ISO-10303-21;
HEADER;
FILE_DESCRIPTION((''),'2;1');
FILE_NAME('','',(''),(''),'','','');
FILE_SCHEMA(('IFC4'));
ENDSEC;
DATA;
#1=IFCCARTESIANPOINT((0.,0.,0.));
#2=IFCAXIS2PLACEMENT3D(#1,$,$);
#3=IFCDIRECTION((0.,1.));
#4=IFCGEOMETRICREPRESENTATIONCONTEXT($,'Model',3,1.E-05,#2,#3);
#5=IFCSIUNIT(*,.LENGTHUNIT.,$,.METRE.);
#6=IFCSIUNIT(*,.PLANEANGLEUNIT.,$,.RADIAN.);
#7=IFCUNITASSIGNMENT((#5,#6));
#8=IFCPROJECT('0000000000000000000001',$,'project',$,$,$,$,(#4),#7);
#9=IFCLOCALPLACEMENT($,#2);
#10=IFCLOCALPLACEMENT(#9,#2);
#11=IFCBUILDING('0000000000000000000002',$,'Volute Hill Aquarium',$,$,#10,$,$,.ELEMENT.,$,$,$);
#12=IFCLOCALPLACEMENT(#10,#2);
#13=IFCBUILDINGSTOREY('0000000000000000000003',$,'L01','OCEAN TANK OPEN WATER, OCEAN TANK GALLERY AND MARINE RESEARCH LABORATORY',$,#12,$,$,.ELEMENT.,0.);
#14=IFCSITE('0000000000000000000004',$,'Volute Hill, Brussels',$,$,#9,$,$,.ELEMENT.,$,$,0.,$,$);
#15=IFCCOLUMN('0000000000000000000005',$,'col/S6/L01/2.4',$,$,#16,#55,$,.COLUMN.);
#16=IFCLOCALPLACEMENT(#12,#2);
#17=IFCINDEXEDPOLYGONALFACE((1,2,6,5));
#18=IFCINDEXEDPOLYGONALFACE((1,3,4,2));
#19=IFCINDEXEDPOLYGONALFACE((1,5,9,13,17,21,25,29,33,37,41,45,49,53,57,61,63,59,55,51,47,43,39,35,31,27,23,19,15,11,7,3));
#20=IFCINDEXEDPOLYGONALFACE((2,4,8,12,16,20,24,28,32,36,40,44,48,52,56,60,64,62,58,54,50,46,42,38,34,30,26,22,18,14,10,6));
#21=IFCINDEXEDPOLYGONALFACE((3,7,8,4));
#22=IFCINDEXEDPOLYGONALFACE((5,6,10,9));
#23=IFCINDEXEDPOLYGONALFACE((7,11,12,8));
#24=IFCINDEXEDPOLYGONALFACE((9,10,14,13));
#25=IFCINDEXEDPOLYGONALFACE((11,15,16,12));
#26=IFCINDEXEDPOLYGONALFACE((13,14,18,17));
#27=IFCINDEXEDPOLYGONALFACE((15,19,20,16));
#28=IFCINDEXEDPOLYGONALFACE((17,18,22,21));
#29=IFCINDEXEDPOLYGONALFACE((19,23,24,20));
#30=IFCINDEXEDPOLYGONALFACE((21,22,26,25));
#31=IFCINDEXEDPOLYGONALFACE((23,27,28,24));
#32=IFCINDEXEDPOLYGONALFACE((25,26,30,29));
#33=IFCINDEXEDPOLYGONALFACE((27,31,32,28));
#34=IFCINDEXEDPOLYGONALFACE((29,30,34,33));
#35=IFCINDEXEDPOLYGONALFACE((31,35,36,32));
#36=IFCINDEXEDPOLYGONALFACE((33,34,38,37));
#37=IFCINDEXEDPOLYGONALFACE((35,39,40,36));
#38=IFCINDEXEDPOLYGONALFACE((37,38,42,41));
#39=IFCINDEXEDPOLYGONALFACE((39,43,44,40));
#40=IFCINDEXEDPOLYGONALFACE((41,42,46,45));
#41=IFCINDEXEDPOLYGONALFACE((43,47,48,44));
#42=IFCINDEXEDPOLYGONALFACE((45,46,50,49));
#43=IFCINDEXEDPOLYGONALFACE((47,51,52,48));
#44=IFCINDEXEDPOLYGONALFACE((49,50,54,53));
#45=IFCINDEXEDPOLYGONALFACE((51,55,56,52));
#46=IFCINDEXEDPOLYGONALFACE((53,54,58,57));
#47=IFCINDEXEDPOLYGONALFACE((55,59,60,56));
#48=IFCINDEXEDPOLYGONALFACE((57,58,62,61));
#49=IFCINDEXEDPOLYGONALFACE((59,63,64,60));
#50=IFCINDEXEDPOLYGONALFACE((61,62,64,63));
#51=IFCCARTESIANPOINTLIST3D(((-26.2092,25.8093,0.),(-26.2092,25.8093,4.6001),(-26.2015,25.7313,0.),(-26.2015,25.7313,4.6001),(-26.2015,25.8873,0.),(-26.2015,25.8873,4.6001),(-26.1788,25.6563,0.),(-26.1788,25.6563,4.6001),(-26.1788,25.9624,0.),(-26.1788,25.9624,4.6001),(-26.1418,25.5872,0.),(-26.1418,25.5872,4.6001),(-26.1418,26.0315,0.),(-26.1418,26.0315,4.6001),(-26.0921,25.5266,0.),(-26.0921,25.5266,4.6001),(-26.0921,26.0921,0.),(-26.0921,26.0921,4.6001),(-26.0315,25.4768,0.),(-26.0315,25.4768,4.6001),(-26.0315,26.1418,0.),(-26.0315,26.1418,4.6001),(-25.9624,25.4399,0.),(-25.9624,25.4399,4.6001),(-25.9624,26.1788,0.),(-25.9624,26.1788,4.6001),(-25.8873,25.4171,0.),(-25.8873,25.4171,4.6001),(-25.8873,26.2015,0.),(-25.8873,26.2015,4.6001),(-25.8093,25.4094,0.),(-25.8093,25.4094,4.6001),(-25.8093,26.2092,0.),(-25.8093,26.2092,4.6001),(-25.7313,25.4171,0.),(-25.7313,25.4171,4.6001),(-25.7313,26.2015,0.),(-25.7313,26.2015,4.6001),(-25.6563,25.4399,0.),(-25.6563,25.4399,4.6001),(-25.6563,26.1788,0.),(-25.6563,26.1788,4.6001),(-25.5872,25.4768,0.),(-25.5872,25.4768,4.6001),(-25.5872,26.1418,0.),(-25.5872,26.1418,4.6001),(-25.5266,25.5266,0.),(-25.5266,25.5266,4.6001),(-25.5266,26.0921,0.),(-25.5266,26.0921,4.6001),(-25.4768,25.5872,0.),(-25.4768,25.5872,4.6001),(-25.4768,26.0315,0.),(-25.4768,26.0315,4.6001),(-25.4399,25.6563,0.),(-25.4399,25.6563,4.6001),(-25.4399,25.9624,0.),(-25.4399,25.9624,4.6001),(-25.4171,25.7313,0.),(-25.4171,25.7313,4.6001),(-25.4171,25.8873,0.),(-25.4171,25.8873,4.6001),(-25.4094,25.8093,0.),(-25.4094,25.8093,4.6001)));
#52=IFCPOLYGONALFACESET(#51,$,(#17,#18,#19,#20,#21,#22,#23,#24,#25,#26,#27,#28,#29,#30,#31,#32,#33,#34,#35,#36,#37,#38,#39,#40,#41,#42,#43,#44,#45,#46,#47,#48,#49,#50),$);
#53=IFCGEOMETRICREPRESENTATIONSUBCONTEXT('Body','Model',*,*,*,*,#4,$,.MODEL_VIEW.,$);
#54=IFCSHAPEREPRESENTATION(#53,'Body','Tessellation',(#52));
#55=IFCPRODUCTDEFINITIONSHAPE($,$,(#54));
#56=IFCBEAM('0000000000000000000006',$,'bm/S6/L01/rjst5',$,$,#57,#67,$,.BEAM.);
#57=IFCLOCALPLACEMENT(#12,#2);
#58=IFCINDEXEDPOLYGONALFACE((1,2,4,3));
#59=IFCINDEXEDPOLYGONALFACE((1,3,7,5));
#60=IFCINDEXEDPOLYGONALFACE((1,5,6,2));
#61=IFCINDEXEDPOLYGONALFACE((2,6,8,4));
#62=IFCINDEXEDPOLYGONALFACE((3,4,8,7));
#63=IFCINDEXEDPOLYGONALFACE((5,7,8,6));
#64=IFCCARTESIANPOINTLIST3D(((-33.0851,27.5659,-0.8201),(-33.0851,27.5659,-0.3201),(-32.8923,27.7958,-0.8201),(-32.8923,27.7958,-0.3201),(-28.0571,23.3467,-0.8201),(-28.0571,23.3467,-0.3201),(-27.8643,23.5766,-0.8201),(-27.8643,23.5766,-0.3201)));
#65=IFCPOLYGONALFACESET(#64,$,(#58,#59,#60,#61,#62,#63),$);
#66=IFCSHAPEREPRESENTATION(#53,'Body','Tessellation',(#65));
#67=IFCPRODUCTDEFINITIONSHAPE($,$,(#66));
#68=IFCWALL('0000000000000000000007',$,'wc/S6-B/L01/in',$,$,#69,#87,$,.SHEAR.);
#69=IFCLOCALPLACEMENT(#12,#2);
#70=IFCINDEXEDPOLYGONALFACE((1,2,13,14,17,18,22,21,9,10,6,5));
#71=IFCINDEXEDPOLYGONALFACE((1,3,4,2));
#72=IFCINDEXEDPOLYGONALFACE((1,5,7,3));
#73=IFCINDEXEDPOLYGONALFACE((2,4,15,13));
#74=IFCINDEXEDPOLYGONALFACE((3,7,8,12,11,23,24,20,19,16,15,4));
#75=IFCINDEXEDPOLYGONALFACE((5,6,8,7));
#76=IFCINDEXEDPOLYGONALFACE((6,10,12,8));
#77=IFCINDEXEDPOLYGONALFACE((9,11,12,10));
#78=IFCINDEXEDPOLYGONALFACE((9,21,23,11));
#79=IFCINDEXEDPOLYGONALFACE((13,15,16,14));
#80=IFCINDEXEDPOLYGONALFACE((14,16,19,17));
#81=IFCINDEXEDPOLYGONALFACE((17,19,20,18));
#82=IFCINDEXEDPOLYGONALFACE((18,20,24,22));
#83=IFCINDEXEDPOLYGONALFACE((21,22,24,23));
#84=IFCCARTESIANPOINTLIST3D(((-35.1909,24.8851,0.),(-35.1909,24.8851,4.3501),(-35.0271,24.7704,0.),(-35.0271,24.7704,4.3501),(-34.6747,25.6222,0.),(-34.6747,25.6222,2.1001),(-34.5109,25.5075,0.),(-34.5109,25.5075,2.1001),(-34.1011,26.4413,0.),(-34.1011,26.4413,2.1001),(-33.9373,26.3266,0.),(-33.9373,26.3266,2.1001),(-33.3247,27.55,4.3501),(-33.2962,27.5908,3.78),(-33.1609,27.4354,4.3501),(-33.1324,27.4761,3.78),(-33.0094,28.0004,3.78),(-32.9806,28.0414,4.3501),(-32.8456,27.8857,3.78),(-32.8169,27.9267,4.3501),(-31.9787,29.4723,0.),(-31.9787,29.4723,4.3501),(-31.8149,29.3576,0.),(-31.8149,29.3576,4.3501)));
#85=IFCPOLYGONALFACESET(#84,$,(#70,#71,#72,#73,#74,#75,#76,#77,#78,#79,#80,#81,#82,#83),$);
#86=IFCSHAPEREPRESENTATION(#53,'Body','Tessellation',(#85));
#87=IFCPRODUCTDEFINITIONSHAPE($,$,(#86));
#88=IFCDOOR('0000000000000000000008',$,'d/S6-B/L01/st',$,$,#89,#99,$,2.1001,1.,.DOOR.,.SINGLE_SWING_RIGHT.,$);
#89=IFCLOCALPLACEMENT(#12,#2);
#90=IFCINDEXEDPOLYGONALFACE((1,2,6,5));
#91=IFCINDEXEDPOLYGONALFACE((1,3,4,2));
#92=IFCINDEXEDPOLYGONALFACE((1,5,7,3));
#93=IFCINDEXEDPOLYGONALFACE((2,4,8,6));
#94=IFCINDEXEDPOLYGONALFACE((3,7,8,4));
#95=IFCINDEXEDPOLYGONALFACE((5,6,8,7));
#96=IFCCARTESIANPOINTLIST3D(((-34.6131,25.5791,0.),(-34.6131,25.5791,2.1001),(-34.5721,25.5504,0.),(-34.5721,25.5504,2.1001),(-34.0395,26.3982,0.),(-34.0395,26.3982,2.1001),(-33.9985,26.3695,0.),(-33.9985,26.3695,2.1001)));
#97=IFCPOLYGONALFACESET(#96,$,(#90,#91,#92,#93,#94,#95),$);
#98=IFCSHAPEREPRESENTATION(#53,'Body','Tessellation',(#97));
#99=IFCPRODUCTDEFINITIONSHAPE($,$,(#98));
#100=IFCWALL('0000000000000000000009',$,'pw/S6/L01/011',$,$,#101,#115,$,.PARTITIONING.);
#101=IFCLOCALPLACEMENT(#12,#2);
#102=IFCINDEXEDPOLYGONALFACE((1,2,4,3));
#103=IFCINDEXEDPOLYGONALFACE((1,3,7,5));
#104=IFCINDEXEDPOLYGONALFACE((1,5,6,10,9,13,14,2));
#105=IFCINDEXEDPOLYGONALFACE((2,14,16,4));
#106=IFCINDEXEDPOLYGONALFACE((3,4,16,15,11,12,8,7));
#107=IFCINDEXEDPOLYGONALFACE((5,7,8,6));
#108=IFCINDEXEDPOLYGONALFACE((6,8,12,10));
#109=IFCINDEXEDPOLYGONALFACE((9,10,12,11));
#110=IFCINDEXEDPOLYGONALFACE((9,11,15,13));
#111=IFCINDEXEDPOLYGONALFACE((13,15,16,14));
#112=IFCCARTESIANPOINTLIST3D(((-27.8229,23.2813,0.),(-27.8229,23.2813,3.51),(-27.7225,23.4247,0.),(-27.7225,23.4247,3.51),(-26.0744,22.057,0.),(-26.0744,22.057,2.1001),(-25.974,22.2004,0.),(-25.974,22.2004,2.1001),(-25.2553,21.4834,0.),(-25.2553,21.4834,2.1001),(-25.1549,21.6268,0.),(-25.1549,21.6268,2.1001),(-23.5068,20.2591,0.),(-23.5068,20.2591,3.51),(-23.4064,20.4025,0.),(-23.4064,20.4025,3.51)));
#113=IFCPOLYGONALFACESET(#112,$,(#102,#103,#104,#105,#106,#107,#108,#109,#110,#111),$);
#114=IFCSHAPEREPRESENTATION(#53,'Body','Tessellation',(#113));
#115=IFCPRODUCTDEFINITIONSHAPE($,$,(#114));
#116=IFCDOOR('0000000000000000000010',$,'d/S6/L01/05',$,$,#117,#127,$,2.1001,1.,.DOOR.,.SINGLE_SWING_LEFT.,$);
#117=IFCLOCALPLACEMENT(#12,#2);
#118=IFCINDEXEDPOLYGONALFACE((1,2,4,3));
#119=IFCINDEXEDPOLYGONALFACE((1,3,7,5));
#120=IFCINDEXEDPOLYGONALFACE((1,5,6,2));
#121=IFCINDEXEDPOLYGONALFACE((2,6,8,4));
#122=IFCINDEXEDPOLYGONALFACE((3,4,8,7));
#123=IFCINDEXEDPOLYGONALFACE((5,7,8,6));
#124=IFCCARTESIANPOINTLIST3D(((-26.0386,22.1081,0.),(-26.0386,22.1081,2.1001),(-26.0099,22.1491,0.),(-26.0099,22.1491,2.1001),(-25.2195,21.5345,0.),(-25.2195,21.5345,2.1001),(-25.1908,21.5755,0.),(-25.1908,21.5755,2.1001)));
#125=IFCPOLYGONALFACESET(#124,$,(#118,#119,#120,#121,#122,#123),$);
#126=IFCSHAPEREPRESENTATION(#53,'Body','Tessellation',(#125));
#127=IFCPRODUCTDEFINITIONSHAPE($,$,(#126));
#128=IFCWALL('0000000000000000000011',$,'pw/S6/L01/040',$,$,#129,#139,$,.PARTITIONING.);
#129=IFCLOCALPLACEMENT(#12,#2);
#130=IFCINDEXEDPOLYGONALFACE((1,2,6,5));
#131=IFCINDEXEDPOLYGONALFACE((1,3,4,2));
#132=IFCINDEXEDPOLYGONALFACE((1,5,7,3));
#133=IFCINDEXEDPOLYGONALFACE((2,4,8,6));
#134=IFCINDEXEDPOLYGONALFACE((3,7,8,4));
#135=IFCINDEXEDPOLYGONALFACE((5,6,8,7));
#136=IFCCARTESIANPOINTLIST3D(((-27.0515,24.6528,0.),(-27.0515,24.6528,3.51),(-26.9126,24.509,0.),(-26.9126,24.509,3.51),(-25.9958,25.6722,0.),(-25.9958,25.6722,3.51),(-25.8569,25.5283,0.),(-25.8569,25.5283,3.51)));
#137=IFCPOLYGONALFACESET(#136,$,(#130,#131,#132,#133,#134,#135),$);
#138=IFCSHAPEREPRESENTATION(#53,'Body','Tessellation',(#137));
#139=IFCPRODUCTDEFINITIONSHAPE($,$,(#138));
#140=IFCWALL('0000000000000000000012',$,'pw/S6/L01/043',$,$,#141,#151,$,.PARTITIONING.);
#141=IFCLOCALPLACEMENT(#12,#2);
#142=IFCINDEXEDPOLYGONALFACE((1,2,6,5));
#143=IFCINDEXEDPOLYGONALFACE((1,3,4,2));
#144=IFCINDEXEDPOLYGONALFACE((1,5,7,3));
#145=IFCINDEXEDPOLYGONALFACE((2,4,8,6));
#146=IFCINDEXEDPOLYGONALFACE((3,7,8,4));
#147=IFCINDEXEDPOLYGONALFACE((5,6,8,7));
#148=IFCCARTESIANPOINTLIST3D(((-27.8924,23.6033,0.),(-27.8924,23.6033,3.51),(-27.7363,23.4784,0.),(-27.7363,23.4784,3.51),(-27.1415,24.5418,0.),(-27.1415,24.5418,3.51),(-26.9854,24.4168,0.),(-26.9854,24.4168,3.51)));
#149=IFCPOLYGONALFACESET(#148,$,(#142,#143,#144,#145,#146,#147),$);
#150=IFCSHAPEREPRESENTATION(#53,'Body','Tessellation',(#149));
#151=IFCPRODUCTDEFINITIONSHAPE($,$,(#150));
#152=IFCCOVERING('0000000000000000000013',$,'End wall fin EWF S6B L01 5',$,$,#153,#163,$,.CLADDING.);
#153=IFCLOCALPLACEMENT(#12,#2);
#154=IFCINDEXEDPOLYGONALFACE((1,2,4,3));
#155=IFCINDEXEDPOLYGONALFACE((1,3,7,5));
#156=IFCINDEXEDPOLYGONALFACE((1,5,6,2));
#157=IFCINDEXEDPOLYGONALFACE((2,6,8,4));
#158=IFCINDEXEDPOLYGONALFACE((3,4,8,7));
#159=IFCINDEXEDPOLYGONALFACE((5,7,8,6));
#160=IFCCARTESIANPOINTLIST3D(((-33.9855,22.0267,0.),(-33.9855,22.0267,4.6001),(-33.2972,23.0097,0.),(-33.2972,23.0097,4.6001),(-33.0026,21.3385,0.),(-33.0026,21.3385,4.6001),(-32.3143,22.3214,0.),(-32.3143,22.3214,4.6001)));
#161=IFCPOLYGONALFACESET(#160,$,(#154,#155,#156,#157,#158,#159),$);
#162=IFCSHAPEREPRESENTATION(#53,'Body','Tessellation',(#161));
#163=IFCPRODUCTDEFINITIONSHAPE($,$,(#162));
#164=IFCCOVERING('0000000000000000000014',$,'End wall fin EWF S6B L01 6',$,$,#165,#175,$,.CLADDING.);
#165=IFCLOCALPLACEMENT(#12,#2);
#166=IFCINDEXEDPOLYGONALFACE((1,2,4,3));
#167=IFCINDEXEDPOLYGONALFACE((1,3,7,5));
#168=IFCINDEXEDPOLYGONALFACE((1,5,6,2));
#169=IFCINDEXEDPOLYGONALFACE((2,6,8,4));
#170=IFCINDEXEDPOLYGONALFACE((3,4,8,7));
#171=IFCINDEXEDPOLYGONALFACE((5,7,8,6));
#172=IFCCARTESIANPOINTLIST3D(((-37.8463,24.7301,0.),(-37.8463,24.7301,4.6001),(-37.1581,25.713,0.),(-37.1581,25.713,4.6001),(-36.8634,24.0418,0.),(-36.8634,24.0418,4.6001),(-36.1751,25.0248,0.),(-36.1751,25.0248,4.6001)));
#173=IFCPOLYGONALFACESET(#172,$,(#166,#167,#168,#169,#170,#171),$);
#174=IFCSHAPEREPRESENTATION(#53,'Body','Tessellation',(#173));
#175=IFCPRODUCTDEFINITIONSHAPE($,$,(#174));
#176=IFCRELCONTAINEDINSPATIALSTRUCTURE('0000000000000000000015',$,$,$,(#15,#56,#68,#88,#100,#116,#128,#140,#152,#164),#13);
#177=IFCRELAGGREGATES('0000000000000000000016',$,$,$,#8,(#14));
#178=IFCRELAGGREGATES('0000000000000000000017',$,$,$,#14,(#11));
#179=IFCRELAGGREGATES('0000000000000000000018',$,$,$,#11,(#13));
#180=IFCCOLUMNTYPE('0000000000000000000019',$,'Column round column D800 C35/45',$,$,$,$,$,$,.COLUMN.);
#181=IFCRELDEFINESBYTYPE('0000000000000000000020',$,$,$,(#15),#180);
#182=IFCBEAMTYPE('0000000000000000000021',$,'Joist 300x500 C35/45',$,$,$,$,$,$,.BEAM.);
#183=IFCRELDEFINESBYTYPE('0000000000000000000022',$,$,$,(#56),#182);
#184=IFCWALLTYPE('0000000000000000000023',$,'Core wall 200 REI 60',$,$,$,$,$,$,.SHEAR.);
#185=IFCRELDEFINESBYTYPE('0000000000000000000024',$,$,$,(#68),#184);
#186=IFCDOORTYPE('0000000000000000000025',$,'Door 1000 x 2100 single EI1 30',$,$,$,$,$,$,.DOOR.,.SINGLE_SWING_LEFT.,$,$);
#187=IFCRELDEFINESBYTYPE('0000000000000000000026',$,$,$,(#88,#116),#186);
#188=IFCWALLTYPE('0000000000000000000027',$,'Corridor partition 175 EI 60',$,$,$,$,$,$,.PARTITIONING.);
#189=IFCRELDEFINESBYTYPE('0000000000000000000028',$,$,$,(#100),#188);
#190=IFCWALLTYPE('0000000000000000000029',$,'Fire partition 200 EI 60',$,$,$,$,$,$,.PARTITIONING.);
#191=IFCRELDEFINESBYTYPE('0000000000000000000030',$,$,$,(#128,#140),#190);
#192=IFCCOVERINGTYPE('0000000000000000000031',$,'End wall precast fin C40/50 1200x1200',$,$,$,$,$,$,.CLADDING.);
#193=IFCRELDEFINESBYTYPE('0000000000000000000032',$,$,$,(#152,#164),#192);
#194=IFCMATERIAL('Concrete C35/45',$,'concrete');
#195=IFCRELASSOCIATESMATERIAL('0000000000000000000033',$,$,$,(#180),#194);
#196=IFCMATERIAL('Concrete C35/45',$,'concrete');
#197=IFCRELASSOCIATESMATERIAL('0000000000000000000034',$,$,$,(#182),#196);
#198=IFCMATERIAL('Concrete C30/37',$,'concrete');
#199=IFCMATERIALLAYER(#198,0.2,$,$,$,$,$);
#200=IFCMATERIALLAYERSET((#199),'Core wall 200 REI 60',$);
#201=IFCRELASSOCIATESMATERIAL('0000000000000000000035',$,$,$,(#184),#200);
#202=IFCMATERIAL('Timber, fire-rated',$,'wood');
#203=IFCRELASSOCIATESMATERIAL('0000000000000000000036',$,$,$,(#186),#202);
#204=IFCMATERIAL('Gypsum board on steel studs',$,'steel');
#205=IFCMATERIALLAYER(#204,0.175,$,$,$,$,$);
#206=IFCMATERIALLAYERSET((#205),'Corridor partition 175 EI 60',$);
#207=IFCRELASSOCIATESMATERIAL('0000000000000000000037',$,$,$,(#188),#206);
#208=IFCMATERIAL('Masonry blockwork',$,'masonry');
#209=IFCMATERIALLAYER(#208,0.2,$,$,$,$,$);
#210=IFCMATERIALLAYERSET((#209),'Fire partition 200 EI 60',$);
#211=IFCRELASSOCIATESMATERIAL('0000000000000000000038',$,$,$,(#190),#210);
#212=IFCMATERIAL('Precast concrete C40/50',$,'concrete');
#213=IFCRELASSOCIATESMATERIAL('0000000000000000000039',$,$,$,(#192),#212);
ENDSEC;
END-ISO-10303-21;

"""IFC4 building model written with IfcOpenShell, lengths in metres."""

from ifc_helpers import new_model, si_unit, direction, frame, frame_2d, origin, origin_2d, place, context, subcontext, project, spatial, polyline, rectangle, circle, outline, extrude, material, layer, layer_set, material_profile, profile_set, type_object, element, fill, save


model = new_model("IFC4")

# Units and contexts
model_context = context("Model", 3, precision=1e-05, world=origin(), true_north=direction((0.0, 1.0)))
body_context = subcontext(model_context, "Body", "Model", "MODEL_VIEW")
ifc_project = project(units=[si_unit("LENGTHUNIT", "METRE"), si_unit("PLANEANGLEUNIT", "RADIAN")], contexts=[model_context])

# Site, building, storey
site_placement = place(None, origin())
site = spatial("IfcSite", under=ifc_project, at=site_placement, Name="Volute Hill, Brussels", CompositionType="ELEMENT", RefElevation=0.0)
building_placement = place(site_placement, origin())
building = spatial("IfcBuilding", under=site, at=building_placement, Name="Volute Hill Aquarium", CompositionType="ELEMENT")
storey_placement = place(building_placement, origin())
storey = spatial("IfcBuildingStorey", under=building, at=storey_placement, Name="L01", Description="OCEAN TANK OPEN WATER, OCEAN TANK GALLERY AND MARINE RESEARCH LABORATORY", CompositionType="ELEMENT", Elevation=0.0)

# Column
ifc_material_1 = material(Name="Concrete C35/45", Category="concrete")
ifc_material_profile_1 = material_profile(ifc_material_1, circle(Radius=0.3999, at=origin_2d()), Name="RC round column D800")
ifc_profile_set_1 = profile_set([ifc_material_profile_1], Name="Concrete C35/45")
column_type = type_object("IfcColumnType", Name="Column round column D800 C35/45", PredefinedType="COLUMN", material=ifc_profile_set_1)
column_placement = place(storey_placement, frame((-25.8093, 25.8093, 0.0), z_axis=(0.0, 0.0, 1.0), x_axis=(1.0, 0.0, 0.0)))
element("IfcColumn", 1, at=column_placement, inside=storey, type_object=column_type, Name="col/S6/L01/2.4", PredefinedType="COLUMN", context=body_context, shape_type="SweptSolid", body=[
    extrude(circle(Radius=0.3999, at=origin_2d()), origin(), (0.0, 0.0, 1.0), 4.6001),
])

# Beam
ifc_material_2 = material(Name="Concrete C35/45", Category="concrete")
ifc_material_profile_2 = material_profile(ifc_material_2, rectangle(XDim=0.3, YDim=0.5, at=origin_2d()), Name="RC joist 300x500")
ifc_profile_set_2 = profile_set([ifc_material_profile_2], Name="Concrete C35/45")
beam_type = type_object("IfcBeamType", Name="Joist 300x500 C35/45", PredefinedType="BEAM", material=ifc_profile_set_2)
beam_placement = place(storey_placement, frame((-27.9607, 23.4617, -0.5701), z_axis=(-0.766031, 0.642804, 0.0), x_axis=(-0.642804, -0.766031, 0.0)))
element("IfcBeam", 2, at=beam_placement, inside=storey, type_object=beam_type, Name="bm/S6/L01/rjst5", PredefinedType="BEAM", context=body_context, shape_type="SweptSolid", body=[
    extrude(rectangle(XDim=0.3, YDim=0.5, at=origin_2d()), origin(), (0.0, 0.0, 1.0), 6.5637),
])

# Walls, openings, doors
ifc_material_3 = material(Name="Concrete C30/37", Category="concrete")
ifc_layer_1 = layer(ifc_material_3, 0.2)
ifc_layer_set_1 = layer_set([ifc_layer_1], Name="Core wall 200 REI 60")
wall_type_1 = type_object("IfcWallType", Name="Core wall 200 REI 60", PredefinedType="SHEAR", material=ifc_layer_set_1)
wall_1_placement = place(storey_placement, frame((-35.1089, 24.8276, 0.0), z_axis=(0.0, 0.0, 1.0), x_axis=(0.5736, 0.819136, 0.0)))
wall_1 = element("IfcWall", 3, at=wall_1_placement, inside=storey, type_object=wall_type_1, Name="wc/S6-B/L01/in", PredefinedType="SHEAR", context=body_context, shape_type="SweptSolid", body=[
    extrude(outline(polyline([(0.0, 0.0), (5.6001, 0.0), (5.6001, 4.3501), (3.8533, 4.3501), (3.8032, 3.78), (3.3032, 3.78), (3.2534, 4.3501), (0.0, 4.3501), (0.0, 0.0)])), frame((0.0, 0.1001, 0.0), z_axis=(0.0, -1.0, 0.0), x_axis=(1.0, 0.0, 0.0)), (0.0, 0.0, 1.0), 0.2),
])
opening_1_placement = place(wall_1_placement, frame((0.8999, 0.0, 0.0)))
opening_1 = element("IfcOpeningElement", 4, at=opening_1_placement, cuts=wall_1, PredefinedType="OPENING", context=body_context, shape_type="SweptSolid", body=[
    extrude(rectangle(XDim=1.0, YDim=2.1001, at=frame_2d((0.5, 1.05))), frame((0.0, 0.1099, 0.0), z_axis=(0.0, -1.0, 0.0), x_axis=(1.0, 0.0, 0.0)), (0.0, 0.0, 1.0), 0.22),
])
ifc_material_4 = material(Name="Timber, fire-rated", Category="wood")
door_type = type_object("IfcDoorType", Name="Door 1000 x 2100 single EI1 30", OperationType="SINGLE_SWING_LEFT", PredefinedType="DOOR", material=ifc_material_4)
door_1_placement = place(opening_1_placement, origin())
door_1 = element("IfcDoor", 5, at=door_1_placement, inside=storey, type_object=door_type, Name="d/S6-B/L01/st", OperationType="SINGLE_SWING_RIGHT", OverallHeight=2.1001, OverallWidth=1.0, PredefinedType="DOOR", context=body_context, shape_type="SweptSolid", body=[
    extrude(rectangle(XDim=1.0, YDim=2.1001, at=frame_2d((0.5, 1.05))), frame((0.0, 0.0249, 0.0), z_axis=(0.0, -1.0, 0.0), x_axis=(1.0, 0.0, 0.0)), (0.0, 0.0, 1.0), 0.05),
])
fill(opening_1, door_1)
ifc_material_5 = material(Name="Gypsum board on steel studs", Category="steel")
ifc_layer_2 = layer(ifc_material_5, 0.175)
ifc_layer_set_2 = layer_set([ifc_layer_2], Name="Corridor partition 175 EI 60")
wall_type_2 = type_object("IfcWallType", Name="Corridor partition 175 EI 60", PredefinedType="PARTITIONING", material=ifc_layer_set_2)
wall_2_placement = place(storey_placement, frame((-27.7727, 23.353, 0.0), z_axis=(0.0, 0.0, 1.0), x_axis=(0.819151, -0.573577, 0.0)))
wall_2 = element("IfcWall", 6, at=wall_2_placement, inside=storey, type_object=wall_type_2, Name="pw/S6/L01/011", PredefinedType="PARTITIONING", context=body_context, shape_type="SweptSolid", body=[
    extrude(rectangle(XDim=5.269, YDim=0.175, at=frame_2d((2.6345, 0.0))), origin(), (0.0, 0.0, 1.0), 3.51),
])
opening_2_placement = place(wall_2_placement, frame((2.1345, 0.0, 0.0)))
opening_2 = element("IfcOpeningElement", 7, at=opening_2_placement, cuts=wall_2, PredefinedType="OPENING", context=body_context, shape_type="SweptSolid", body=[
    extrude(rectangle(XDim=1.0, YDim=2.1001, at=frame_2d((0.5, 1.05))), frame((0.0, 0.0974, 0.0), z_axis=(0.0, -1.0, 0.0), x_axis=(1.0, 0.0, 0.0)), (0.0, 0.0, 1.0), 0.1951),
])
door_2_placement = place(opening_2_placement, origin())
door_2 = element("IfcDoor", 8, at=door_2_placement, inside=storey, type_object=door_type, Name="d/S6/L01/05", OperationType="SINGLE_SWING_LEFT", OverallHeight=2.1001, OverallWidth=1.0, PredefinedType="DOOR", context=body_context, shape_type="SweptSolid", body=[
    extrude(rectangle(XDim=1.0, YDim=2.1001, at=frame_2d((0.5, 1.05))), frame((0.0, 0.0249, 0.0), z_axis=(0.0, -1.0, 0.0), x_axis=(1.0, 0.0, 0.0)), (0.0, 0.0, 1.0), 0.05),
])
fill(opening_2, door_2)

# Walls
ifc_material_6 = material(Name="Masonry blockwork", Category="masonry")
ifc_layer_3 = layer(ifc_material_6, 0.2)
ifc_layer_set_3 = layer_set([ifc_layer_3], Name="Fire partition 200 EI 60")
wall_type_3 = type_object("IfcWallType", Name="Fire partition 200 EI 60", PredefinedType="PARTITIONING", material=ifc_layer_set_3)
wall_3_placement = place(storey_placement, frame((-26.9822, 24.5808, 0.0), z_axis=(0.0, 0.0, 1.0), x_axis=(0.719393, 0.694603, 0.0)))
element("IfcWall", 9, at=wall_3_placement, inside=storey, type_object=wall_type_3, Name="pw/S6/L01/040", PredefinedType="PARTITIONING", context=body_context, shape_type="SweptSolid", body=[
    extrude(rectangle(XDim=1.4675, YDim=0.2, at=frame_2d((0.7339, 0.0))), origin(), (0.0, 0.0, 1.0), 3.51),
])
wall_4_placement = place(storey_placement, frame((-27.8145, 23.5408, 0.0), z_axis=(0.0, 0.0, 1.0), x_axis=(0.624794, 0.78079, 0.0)))
element("IfcWall", 10, at=wall_4_placement, inside=storey, type_object=wall_type_3, Name="pw/S6/L01/043", PredefinedType="PARTITIONING", context=body_context, shape_type="SweptSolid", body=[
    extrude(rectangle(XDim=1.2019, YDim=0.2, at=frame_2d((0.6011, 0.0))), origin(), (0.0, 0.0, 1.0), 3.51),
])

# Coverings
ifc_material_7 = material(Name="Precast concrete C40/50", Category="concrete")
covering_type_1 = type_object("IfcCoveringType", Name="End wall precast fin C40/50 1200x1200", PredefinedType="CLADDING", material=ifc_material_7)
for number, where, z_axis, x_axis, name in (
    (11, (-33.1499, 22.1741, 0.0), (0.0, 0.0, 1.0), (-0.819151, 0.573577, 0.0), "End wall fin EWF S6B L01 5"),
    (12, (-37.0107, 24.8774, 0.0), (0.0, 0.0, 1.0), (-0.819151, 0.573577, 0.0), "End wall fin EWF S6B L01 6"),
):
    element("IfcCovering", number, at=place(storey_placement, frame(where, z_axis=z_axis, x_axis=x_axis)), inside=storey, type_object=covering_type_1, Name=name, PredefinedType="CLADDING", context=body_context, shape_type="SweptSolid", body=[
        extrude(rectangle(XDim=1.2, YDim=1.2, at=origin_2d()), origin(), (0.0, 0.0, 1.0), 4.6001),
    ])

save(model, "model.ifc")
